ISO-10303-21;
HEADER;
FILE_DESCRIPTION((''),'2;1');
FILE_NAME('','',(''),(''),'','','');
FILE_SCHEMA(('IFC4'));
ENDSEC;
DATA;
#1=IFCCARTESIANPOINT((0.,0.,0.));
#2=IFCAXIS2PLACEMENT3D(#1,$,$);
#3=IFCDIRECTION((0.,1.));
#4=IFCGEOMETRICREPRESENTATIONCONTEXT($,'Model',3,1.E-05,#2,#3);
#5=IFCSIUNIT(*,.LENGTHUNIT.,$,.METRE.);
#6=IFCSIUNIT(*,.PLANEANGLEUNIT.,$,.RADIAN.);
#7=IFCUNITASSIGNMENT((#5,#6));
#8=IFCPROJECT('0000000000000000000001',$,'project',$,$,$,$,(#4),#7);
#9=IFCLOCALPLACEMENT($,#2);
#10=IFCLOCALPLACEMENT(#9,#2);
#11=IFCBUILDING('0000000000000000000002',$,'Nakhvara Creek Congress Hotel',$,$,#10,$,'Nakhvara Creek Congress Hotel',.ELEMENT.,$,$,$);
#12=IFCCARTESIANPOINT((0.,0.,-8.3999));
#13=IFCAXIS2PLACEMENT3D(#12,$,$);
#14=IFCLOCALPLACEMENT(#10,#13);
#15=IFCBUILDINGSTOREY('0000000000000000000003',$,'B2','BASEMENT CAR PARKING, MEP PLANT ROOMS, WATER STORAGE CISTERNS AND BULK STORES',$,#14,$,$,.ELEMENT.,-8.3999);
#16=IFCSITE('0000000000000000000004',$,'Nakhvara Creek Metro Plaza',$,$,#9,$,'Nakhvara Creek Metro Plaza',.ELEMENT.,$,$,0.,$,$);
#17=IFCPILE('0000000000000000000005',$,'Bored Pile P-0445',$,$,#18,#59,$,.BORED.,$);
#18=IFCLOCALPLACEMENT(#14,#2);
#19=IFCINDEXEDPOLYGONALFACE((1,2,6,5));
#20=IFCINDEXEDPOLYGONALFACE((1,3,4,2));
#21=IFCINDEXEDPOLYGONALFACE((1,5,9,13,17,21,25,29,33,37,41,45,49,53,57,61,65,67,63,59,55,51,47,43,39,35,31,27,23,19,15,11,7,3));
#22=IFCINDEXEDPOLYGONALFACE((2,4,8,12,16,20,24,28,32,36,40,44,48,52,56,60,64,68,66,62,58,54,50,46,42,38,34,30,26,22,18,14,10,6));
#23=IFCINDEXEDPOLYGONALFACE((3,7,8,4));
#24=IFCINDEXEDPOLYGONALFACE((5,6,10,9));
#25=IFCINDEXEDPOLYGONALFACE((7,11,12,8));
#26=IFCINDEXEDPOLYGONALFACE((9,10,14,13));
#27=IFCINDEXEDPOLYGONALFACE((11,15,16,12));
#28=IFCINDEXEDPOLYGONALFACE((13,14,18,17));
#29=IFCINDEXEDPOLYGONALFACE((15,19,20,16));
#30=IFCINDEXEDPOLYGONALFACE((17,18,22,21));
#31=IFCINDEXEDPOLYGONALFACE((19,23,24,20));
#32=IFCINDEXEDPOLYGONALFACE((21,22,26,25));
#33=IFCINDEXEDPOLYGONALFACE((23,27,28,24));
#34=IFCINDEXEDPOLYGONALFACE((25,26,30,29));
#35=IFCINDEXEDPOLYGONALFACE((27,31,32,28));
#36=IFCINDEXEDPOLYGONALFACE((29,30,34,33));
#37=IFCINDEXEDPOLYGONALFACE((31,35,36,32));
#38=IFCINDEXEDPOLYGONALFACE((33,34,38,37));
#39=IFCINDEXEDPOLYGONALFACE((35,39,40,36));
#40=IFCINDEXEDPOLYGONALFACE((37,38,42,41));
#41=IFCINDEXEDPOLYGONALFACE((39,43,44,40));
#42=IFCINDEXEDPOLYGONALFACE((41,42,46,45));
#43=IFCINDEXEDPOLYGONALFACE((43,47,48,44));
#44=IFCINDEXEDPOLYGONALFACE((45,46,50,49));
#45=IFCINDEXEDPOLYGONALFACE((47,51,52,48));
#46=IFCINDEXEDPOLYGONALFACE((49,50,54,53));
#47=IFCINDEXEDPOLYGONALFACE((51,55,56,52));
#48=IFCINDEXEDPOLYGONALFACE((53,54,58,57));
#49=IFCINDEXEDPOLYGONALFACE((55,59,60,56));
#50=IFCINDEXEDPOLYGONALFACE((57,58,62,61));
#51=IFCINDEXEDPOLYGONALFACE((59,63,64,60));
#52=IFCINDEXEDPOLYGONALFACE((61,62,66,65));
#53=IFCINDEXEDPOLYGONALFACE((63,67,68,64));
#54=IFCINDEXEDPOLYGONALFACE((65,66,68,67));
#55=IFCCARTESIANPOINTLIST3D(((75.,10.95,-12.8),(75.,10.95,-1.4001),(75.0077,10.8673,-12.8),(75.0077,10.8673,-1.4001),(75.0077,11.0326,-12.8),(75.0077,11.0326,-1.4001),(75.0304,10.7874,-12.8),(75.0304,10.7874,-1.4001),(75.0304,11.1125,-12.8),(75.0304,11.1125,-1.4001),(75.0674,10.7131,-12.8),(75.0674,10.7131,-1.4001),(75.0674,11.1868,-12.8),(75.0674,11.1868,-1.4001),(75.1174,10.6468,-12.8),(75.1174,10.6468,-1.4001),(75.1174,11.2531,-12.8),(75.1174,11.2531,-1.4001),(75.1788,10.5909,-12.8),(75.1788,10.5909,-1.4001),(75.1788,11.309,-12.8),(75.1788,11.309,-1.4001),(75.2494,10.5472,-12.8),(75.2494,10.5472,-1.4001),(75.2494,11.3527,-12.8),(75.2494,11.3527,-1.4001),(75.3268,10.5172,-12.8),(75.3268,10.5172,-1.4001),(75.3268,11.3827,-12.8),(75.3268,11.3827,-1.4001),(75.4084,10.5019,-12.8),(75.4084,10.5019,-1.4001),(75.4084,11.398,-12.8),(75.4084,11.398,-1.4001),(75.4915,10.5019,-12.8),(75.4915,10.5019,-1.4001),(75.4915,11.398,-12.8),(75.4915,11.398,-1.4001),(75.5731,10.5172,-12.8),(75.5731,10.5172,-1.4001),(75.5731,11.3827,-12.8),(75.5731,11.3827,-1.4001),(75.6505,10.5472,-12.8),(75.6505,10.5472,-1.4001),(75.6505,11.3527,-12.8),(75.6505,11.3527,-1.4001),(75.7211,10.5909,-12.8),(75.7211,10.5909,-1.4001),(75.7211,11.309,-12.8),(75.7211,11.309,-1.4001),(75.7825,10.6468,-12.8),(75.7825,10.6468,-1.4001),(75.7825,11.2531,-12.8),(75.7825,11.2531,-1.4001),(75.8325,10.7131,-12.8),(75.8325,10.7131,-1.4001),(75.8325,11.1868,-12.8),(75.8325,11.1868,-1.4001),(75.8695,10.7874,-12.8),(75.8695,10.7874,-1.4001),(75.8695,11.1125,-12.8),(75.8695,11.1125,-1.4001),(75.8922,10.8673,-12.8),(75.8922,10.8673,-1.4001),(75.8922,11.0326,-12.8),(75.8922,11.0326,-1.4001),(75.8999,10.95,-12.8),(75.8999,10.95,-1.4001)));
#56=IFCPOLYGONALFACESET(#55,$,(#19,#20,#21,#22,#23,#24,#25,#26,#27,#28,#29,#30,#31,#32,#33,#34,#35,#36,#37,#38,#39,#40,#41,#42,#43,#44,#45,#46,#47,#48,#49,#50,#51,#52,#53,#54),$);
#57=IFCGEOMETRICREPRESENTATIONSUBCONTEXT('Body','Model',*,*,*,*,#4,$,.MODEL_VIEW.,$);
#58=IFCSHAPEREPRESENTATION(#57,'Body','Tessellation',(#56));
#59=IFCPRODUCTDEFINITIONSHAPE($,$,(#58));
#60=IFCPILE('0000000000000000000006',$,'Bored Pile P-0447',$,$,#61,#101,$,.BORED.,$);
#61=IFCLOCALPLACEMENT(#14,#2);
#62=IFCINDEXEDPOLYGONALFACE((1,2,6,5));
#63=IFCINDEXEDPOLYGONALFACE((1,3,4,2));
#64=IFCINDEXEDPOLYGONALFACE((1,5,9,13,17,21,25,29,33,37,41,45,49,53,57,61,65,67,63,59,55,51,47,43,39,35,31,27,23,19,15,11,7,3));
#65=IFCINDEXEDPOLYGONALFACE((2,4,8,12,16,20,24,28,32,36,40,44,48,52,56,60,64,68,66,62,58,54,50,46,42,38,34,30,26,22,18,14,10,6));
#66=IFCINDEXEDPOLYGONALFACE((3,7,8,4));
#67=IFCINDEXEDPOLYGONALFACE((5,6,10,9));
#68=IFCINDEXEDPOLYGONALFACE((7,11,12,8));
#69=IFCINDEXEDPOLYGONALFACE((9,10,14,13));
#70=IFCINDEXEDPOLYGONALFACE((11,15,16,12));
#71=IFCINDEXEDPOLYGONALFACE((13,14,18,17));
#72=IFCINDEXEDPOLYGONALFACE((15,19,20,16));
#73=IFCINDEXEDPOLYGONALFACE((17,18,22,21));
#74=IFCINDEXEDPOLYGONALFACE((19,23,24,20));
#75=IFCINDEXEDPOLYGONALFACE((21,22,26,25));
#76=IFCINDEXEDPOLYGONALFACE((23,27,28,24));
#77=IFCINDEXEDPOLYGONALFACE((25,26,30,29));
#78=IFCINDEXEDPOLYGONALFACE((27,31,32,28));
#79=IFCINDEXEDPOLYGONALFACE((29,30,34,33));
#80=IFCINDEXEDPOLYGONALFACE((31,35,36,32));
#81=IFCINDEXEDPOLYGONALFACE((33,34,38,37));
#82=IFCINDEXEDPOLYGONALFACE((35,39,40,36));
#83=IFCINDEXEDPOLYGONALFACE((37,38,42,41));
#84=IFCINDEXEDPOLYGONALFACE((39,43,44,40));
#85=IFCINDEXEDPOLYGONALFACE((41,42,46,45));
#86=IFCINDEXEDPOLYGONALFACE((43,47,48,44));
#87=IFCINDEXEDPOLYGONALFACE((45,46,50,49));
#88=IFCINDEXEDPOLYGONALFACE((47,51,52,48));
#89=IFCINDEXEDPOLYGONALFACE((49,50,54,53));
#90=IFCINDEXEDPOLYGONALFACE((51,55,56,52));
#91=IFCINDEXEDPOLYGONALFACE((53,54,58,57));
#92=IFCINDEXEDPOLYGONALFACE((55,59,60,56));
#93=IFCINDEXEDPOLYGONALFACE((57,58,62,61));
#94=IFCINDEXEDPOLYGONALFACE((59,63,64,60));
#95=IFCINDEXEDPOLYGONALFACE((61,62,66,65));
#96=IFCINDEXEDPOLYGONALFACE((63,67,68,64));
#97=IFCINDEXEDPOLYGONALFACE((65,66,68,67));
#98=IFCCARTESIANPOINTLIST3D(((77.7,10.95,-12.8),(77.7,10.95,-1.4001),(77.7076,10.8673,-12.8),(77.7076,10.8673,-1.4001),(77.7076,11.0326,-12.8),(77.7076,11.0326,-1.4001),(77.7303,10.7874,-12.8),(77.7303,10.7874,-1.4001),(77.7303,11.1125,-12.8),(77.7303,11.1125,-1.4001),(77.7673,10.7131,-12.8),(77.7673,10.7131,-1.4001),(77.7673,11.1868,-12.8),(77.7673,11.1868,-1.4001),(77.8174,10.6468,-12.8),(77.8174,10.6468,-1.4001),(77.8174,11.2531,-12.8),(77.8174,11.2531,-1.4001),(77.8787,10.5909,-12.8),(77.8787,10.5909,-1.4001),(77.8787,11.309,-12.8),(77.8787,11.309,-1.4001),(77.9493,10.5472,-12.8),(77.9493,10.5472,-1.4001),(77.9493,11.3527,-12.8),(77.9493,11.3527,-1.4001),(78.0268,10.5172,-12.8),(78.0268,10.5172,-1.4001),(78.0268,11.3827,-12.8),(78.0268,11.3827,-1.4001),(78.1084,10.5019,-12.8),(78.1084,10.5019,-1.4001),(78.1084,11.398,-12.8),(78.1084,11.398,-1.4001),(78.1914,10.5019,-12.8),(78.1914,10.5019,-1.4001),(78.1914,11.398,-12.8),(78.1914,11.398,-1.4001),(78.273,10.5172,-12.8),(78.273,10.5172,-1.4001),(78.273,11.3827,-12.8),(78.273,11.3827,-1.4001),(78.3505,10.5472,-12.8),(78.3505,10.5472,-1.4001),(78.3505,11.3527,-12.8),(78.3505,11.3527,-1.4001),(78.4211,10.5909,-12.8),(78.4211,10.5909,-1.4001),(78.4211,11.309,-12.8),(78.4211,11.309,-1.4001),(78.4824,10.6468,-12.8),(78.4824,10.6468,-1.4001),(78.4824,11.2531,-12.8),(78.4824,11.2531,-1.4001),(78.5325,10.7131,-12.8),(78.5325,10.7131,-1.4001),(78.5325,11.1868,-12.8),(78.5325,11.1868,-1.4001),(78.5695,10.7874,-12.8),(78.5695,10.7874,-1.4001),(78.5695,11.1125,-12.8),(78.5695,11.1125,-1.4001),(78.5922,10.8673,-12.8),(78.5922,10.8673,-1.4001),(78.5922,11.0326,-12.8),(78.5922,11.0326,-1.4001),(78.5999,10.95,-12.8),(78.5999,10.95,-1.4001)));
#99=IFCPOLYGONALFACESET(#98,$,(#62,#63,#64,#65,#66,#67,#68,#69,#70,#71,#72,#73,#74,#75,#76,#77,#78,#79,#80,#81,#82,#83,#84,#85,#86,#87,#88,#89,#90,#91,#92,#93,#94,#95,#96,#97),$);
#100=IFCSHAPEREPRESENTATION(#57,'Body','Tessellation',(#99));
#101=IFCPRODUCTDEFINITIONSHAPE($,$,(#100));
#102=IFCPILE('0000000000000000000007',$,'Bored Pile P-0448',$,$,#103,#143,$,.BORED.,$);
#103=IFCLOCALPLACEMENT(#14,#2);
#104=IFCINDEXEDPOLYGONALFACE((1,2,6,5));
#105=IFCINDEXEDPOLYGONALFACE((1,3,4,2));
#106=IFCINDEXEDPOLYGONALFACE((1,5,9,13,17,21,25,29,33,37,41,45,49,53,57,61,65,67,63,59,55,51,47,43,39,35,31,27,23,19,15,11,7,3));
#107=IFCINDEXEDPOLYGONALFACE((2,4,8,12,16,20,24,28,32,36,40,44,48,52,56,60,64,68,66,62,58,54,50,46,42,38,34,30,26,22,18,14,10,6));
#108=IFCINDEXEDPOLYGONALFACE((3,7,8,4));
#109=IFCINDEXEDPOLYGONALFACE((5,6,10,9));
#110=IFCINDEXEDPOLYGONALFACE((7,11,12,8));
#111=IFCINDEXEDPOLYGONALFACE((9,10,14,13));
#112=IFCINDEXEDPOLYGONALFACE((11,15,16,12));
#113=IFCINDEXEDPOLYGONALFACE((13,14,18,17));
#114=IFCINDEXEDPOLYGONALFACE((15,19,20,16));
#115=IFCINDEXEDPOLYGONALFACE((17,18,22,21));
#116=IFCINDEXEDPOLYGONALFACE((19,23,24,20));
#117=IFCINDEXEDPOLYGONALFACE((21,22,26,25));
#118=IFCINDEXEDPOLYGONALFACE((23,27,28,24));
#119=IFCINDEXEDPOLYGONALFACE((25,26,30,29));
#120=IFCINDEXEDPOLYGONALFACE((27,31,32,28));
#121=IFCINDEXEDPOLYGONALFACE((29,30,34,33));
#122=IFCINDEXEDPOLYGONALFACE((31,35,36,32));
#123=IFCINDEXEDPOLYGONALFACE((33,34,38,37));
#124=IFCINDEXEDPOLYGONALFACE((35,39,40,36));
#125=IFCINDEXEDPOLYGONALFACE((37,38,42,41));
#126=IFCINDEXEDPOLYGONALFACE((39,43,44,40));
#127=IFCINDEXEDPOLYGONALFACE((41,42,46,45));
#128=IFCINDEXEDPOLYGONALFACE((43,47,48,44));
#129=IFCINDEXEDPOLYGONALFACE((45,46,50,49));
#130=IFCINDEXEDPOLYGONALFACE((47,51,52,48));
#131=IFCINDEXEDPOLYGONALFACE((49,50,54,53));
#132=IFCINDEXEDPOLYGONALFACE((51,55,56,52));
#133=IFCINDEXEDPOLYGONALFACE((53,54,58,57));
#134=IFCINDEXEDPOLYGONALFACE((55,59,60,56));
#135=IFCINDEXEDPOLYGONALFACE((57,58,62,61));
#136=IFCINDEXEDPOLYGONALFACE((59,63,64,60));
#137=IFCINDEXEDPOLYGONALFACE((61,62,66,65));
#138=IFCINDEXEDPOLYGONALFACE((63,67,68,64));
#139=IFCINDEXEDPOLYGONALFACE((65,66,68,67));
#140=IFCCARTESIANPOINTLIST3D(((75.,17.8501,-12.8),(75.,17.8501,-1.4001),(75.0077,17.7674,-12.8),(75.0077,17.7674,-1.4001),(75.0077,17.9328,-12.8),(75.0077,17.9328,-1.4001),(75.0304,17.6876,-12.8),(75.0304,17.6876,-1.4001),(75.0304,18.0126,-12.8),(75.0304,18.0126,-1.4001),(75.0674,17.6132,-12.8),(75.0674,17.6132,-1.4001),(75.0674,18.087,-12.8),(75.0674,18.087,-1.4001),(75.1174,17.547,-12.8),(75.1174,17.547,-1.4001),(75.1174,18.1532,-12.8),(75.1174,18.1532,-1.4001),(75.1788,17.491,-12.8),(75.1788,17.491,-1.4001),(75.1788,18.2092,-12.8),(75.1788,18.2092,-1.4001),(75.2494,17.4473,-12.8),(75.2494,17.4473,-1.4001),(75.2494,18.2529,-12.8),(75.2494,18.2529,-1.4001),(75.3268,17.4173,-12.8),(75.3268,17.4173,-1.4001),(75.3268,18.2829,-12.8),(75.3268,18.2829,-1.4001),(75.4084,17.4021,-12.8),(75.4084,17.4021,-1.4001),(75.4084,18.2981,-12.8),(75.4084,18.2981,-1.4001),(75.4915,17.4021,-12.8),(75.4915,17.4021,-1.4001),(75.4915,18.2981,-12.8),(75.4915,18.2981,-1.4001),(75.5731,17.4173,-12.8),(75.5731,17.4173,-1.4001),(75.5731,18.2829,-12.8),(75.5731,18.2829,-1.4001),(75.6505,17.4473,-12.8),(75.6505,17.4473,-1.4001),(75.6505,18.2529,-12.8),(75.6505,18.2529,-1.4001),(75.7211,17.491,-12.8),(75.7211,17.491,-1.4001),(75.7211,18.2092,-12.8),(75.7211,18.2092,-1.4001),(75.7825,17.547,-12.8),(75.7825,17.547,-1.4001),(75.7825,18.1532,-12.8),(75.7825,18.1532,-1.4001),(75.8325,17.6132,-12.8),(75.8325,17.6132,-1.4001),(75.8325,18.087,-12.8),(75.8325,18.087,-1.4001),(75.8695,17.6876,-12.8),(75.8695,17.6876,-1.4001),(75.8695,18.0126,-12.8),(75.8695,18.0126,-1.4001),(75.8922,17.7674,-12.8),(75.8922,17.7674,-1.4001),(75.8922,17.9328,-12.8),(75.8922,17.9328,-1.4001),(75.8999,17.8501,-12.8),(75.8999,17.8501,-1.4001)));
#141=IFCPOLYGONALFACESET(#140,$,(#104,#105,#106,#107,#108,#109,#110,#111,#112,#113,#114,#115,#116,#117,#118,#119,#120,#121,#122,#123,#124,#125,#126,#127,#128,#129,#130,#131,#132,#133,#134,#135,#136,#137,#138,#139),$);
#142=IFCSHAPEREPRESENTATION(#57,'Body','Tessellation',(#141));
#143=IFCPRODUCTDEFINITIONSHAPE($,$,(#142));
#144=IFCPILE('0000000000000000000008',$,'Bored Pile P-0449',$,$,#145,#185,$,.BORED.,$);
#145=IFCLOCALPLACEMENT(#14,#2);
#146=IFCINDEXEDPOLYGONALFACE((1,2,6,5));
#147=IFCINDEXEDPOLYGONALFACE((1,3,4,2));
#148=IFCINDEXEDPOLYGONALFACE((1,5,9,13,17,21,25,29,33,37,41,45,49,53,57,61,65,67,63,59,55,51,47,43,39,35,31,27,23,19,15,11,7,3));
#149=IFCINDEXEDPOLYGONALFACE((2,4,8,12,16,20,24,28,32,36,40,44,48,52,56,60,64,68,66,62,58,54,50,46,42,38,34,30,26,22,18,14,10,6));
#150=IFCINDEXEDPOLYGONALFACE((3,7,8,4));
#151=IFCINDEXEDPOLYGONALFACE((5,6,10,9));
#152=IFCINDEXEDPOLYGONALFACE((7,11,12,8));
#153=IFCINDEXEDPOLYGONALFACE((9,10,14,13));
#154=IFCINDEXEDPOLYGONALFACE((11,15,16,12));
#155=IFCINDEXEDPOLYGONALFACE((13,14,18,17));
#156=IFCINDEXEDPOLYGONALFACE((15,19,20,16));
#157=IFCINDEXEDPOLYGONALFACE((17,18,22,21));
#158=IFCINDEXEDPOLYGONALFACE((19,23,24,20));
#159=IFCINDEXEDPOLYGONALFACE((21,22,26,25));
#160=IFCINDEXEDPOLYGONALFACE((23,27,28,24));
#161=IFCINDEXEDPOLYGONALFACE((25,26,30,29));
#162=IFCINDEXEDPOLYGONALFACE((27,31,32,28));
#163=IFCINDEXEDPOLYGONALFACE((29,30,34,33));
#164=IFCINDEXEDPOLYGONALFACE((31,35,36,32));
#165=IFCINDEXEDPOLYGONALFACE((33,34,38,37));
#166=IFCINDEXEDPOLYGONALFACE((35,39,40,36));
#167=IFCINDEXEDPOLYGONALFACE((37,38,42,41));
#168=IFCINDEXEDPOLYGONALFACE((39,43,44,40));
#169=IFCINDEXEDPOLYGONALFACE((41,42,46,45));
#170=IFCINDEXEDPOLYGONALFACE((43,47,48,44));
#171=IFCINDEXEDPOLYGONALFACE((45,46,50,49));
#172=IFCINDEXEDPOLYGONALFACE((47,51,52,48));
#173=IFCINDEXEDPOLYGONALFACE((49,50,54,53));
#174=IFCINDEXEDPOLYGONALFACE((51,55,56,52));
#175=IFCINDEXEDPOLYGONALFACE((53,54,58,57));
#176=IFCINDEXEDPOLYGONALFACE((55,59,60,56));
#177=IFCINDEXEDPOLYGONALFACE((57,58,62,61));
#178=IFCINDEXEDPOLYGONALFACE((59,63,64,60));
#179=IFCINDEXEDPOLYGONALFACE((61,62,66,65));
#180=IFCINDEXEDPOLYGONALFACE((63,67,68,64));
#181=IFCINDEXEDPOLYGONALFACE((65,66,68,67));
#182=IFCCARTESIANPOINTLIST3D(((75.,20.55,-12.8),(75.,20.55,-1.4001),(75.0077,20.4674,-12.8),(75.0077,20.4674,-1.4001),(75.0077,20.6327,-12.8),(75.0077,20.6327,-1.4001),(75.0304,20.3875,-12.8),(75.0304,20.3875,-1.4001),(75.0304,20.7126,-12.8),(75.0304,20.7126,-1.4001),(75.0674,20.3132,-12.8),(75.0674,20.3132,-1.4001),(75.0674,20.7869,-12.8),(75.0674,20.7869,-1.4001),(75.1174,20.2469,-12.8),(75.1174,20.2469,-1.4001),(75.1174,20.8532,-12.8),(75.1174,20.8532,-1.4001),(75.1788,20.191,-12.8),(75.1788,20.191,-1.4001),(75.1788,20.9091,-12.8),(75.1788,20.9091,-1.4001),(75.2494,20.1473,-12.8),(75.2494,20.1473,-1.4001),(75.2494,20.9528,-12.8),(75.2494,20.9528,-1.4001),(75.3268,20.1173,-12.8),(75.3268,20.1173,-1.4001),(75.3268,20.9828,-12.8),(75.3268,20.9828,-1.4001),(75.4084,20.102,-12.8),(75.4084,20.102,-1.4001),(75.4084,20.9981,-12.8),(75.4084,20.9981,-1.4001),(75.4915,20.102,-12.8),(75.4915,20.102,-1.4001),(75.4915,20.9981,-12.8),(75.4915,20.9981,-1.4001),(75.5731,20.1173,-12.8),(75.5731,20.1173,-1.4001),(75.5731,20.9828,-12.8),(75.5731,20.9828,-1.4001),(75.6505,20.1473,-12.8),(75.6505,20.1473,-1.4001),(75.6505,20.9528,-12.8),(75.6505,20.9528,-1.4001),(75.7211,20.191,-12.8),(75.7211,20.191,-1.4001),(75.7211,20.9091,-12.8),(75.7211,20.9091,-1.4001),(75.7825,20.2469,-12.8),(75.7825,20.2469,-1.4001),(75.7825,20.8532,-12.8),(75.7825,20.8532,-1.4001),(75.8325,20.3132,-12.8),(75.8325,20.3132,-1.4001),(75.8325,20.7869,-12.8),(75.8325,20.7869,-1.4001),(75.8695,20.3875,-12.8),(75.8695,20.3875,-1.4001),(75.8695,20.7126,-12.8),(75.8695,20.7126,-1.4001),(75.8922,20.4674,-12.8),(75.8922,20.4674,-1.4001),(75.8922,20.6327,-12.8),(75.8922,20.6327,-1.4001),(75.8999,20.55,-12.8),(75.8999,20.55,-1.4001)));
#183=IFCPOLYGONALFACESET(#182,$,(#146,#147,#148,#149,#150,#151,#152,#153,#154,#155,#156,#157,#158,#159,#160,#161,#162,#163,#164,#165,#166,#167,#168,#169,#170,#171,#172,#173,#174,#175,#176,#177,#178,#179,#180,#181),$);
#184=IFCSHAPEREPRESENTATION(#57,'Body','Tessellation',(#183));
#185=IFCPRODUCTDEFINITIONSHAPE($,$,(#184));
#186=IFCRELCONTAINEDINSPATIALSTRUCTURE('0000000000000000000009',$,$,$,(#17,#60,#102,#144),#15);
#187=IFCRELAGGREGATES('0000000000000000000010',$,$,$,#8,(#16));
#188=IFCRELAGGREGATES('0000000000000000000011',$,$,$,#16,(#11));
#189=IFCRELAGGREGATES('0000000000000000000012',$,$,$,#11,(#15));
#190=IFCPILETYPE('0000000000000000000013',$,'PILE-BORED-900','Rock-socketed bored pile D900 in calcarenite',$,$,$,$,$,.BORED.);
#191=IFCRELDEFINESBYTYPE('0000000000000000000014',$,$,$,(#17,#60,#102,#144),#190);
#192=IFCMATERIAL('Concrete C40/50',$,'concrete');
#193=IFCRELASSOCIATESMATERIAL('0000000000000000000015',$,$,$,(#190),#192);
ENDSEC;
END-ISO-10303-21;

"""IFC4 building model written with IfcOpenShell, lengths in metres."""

from ifc_helpers import new_model, si_unit, direction, frame, origin, origin_2d, place, context, subcontext, project, spatial, circle, extrude, material, material_profile, profile_set, type_object, element, save


model = new_model("IFC4")

# Units and contexts
model_context = context("Model", 3, precision=1e-05, world=origin(), true_north=direction((0.0, 1.0)))
body_context = subcontext(model_context, "Body", "Model", "MODEL_VIEW")
ifc_project = project(units=[si_unit("LENGTHUNIT", "METRE"), si_unit("PLANEANGLEUNIT", "RADIAN")], contexts=[model_context])

# Site, building, storey
site_placement = place(None, origin())
site = spatial("IfcSite", under=ifc_project, at=site_placement, Name="Nakhvara Creek Metro Plaza", LongName="Nakhvara Creek Metro Plaza", CompositionType="ELEMENT", RefElevation=0.0)
building_placement = place(site_placement, origin())
building = spatial("IfcBuilding", under=site, at=building_placement, Name="Nakhvara Creek Congress Hotel", LongName="Nakhvara Creek Congress Hotel", CompositionType="ELEMENT")
storey_placement = place(building_placement, frame((0.0, 0.0, -8.3999)))
storey = spatial("IfcBuildingStorey", under=building, at=storey_placement, Name="B2", Description="BASEMENT CAR PARKING, MEP PLANT ROOMS, WATER STORAGE CISTERNS AND BULK STORES", CompositionType="ELEMENT", Elevation=-8.3999)

# Shared definitions
ifc_material_1 = material(Name="Concrete C40/50", Category="concrete")

# Piles
ifc_material_profile_1 = material_profile(ifc_material_1, circle(Radius=0.45, at=origin_2d()), Name="BORED PILE D900", Category="LoadBearing")
ifc_profile_set_1 = profile_set([ifc_material_profile_1], Name="Concrete C40/50")
pile_type = type_object("IfcPileType", Name="PILE-BORED-900", Description="Rock-socketed bored pile D900 in calcarenite", PredefinedType="BORED", material=ifc_profile_set_1)
for number, where, z_axis, x_axis, name in (
    (1, (75.45, 10.95, -1.4001), (0.0, 0.0, -1.0), (1.0, 0.0, 0.0), "Bored Pile P-0445"),
    (2, (78.1499, 10.95, -1.4001), (0.0, 0.0, -1.0), (1.0, 0.0, 0.0), "Bored Pile P-0447"),
    (3, (75.45, 17.8501, -1.4001), (0.0, 0.0, -1.0), (1.0, 0.0, 0.0), "Bored Pile P-0448"),
    (4, (75.45, 20.55, -1.4001), (0.0, 0.0, -1.0), (1.0, 0.0, 0.0), "Bored Pile P-0449"),
):
    element("IfcPile", number, at=place(storey_placement, frame(where, z_axis=z_axis, x_axis=x_axis)), inside=storey, type_object=pile_type, Name=name, PredefinedType="BORED", context=body_context, shape_type="SweptSolid", body=[
        extrude(circle(Radius=0.45, at=origin_2d()), origin(), (0.0, 0.0, 1.0), 11.3999),
    ])

save(model, "model.ifc")
